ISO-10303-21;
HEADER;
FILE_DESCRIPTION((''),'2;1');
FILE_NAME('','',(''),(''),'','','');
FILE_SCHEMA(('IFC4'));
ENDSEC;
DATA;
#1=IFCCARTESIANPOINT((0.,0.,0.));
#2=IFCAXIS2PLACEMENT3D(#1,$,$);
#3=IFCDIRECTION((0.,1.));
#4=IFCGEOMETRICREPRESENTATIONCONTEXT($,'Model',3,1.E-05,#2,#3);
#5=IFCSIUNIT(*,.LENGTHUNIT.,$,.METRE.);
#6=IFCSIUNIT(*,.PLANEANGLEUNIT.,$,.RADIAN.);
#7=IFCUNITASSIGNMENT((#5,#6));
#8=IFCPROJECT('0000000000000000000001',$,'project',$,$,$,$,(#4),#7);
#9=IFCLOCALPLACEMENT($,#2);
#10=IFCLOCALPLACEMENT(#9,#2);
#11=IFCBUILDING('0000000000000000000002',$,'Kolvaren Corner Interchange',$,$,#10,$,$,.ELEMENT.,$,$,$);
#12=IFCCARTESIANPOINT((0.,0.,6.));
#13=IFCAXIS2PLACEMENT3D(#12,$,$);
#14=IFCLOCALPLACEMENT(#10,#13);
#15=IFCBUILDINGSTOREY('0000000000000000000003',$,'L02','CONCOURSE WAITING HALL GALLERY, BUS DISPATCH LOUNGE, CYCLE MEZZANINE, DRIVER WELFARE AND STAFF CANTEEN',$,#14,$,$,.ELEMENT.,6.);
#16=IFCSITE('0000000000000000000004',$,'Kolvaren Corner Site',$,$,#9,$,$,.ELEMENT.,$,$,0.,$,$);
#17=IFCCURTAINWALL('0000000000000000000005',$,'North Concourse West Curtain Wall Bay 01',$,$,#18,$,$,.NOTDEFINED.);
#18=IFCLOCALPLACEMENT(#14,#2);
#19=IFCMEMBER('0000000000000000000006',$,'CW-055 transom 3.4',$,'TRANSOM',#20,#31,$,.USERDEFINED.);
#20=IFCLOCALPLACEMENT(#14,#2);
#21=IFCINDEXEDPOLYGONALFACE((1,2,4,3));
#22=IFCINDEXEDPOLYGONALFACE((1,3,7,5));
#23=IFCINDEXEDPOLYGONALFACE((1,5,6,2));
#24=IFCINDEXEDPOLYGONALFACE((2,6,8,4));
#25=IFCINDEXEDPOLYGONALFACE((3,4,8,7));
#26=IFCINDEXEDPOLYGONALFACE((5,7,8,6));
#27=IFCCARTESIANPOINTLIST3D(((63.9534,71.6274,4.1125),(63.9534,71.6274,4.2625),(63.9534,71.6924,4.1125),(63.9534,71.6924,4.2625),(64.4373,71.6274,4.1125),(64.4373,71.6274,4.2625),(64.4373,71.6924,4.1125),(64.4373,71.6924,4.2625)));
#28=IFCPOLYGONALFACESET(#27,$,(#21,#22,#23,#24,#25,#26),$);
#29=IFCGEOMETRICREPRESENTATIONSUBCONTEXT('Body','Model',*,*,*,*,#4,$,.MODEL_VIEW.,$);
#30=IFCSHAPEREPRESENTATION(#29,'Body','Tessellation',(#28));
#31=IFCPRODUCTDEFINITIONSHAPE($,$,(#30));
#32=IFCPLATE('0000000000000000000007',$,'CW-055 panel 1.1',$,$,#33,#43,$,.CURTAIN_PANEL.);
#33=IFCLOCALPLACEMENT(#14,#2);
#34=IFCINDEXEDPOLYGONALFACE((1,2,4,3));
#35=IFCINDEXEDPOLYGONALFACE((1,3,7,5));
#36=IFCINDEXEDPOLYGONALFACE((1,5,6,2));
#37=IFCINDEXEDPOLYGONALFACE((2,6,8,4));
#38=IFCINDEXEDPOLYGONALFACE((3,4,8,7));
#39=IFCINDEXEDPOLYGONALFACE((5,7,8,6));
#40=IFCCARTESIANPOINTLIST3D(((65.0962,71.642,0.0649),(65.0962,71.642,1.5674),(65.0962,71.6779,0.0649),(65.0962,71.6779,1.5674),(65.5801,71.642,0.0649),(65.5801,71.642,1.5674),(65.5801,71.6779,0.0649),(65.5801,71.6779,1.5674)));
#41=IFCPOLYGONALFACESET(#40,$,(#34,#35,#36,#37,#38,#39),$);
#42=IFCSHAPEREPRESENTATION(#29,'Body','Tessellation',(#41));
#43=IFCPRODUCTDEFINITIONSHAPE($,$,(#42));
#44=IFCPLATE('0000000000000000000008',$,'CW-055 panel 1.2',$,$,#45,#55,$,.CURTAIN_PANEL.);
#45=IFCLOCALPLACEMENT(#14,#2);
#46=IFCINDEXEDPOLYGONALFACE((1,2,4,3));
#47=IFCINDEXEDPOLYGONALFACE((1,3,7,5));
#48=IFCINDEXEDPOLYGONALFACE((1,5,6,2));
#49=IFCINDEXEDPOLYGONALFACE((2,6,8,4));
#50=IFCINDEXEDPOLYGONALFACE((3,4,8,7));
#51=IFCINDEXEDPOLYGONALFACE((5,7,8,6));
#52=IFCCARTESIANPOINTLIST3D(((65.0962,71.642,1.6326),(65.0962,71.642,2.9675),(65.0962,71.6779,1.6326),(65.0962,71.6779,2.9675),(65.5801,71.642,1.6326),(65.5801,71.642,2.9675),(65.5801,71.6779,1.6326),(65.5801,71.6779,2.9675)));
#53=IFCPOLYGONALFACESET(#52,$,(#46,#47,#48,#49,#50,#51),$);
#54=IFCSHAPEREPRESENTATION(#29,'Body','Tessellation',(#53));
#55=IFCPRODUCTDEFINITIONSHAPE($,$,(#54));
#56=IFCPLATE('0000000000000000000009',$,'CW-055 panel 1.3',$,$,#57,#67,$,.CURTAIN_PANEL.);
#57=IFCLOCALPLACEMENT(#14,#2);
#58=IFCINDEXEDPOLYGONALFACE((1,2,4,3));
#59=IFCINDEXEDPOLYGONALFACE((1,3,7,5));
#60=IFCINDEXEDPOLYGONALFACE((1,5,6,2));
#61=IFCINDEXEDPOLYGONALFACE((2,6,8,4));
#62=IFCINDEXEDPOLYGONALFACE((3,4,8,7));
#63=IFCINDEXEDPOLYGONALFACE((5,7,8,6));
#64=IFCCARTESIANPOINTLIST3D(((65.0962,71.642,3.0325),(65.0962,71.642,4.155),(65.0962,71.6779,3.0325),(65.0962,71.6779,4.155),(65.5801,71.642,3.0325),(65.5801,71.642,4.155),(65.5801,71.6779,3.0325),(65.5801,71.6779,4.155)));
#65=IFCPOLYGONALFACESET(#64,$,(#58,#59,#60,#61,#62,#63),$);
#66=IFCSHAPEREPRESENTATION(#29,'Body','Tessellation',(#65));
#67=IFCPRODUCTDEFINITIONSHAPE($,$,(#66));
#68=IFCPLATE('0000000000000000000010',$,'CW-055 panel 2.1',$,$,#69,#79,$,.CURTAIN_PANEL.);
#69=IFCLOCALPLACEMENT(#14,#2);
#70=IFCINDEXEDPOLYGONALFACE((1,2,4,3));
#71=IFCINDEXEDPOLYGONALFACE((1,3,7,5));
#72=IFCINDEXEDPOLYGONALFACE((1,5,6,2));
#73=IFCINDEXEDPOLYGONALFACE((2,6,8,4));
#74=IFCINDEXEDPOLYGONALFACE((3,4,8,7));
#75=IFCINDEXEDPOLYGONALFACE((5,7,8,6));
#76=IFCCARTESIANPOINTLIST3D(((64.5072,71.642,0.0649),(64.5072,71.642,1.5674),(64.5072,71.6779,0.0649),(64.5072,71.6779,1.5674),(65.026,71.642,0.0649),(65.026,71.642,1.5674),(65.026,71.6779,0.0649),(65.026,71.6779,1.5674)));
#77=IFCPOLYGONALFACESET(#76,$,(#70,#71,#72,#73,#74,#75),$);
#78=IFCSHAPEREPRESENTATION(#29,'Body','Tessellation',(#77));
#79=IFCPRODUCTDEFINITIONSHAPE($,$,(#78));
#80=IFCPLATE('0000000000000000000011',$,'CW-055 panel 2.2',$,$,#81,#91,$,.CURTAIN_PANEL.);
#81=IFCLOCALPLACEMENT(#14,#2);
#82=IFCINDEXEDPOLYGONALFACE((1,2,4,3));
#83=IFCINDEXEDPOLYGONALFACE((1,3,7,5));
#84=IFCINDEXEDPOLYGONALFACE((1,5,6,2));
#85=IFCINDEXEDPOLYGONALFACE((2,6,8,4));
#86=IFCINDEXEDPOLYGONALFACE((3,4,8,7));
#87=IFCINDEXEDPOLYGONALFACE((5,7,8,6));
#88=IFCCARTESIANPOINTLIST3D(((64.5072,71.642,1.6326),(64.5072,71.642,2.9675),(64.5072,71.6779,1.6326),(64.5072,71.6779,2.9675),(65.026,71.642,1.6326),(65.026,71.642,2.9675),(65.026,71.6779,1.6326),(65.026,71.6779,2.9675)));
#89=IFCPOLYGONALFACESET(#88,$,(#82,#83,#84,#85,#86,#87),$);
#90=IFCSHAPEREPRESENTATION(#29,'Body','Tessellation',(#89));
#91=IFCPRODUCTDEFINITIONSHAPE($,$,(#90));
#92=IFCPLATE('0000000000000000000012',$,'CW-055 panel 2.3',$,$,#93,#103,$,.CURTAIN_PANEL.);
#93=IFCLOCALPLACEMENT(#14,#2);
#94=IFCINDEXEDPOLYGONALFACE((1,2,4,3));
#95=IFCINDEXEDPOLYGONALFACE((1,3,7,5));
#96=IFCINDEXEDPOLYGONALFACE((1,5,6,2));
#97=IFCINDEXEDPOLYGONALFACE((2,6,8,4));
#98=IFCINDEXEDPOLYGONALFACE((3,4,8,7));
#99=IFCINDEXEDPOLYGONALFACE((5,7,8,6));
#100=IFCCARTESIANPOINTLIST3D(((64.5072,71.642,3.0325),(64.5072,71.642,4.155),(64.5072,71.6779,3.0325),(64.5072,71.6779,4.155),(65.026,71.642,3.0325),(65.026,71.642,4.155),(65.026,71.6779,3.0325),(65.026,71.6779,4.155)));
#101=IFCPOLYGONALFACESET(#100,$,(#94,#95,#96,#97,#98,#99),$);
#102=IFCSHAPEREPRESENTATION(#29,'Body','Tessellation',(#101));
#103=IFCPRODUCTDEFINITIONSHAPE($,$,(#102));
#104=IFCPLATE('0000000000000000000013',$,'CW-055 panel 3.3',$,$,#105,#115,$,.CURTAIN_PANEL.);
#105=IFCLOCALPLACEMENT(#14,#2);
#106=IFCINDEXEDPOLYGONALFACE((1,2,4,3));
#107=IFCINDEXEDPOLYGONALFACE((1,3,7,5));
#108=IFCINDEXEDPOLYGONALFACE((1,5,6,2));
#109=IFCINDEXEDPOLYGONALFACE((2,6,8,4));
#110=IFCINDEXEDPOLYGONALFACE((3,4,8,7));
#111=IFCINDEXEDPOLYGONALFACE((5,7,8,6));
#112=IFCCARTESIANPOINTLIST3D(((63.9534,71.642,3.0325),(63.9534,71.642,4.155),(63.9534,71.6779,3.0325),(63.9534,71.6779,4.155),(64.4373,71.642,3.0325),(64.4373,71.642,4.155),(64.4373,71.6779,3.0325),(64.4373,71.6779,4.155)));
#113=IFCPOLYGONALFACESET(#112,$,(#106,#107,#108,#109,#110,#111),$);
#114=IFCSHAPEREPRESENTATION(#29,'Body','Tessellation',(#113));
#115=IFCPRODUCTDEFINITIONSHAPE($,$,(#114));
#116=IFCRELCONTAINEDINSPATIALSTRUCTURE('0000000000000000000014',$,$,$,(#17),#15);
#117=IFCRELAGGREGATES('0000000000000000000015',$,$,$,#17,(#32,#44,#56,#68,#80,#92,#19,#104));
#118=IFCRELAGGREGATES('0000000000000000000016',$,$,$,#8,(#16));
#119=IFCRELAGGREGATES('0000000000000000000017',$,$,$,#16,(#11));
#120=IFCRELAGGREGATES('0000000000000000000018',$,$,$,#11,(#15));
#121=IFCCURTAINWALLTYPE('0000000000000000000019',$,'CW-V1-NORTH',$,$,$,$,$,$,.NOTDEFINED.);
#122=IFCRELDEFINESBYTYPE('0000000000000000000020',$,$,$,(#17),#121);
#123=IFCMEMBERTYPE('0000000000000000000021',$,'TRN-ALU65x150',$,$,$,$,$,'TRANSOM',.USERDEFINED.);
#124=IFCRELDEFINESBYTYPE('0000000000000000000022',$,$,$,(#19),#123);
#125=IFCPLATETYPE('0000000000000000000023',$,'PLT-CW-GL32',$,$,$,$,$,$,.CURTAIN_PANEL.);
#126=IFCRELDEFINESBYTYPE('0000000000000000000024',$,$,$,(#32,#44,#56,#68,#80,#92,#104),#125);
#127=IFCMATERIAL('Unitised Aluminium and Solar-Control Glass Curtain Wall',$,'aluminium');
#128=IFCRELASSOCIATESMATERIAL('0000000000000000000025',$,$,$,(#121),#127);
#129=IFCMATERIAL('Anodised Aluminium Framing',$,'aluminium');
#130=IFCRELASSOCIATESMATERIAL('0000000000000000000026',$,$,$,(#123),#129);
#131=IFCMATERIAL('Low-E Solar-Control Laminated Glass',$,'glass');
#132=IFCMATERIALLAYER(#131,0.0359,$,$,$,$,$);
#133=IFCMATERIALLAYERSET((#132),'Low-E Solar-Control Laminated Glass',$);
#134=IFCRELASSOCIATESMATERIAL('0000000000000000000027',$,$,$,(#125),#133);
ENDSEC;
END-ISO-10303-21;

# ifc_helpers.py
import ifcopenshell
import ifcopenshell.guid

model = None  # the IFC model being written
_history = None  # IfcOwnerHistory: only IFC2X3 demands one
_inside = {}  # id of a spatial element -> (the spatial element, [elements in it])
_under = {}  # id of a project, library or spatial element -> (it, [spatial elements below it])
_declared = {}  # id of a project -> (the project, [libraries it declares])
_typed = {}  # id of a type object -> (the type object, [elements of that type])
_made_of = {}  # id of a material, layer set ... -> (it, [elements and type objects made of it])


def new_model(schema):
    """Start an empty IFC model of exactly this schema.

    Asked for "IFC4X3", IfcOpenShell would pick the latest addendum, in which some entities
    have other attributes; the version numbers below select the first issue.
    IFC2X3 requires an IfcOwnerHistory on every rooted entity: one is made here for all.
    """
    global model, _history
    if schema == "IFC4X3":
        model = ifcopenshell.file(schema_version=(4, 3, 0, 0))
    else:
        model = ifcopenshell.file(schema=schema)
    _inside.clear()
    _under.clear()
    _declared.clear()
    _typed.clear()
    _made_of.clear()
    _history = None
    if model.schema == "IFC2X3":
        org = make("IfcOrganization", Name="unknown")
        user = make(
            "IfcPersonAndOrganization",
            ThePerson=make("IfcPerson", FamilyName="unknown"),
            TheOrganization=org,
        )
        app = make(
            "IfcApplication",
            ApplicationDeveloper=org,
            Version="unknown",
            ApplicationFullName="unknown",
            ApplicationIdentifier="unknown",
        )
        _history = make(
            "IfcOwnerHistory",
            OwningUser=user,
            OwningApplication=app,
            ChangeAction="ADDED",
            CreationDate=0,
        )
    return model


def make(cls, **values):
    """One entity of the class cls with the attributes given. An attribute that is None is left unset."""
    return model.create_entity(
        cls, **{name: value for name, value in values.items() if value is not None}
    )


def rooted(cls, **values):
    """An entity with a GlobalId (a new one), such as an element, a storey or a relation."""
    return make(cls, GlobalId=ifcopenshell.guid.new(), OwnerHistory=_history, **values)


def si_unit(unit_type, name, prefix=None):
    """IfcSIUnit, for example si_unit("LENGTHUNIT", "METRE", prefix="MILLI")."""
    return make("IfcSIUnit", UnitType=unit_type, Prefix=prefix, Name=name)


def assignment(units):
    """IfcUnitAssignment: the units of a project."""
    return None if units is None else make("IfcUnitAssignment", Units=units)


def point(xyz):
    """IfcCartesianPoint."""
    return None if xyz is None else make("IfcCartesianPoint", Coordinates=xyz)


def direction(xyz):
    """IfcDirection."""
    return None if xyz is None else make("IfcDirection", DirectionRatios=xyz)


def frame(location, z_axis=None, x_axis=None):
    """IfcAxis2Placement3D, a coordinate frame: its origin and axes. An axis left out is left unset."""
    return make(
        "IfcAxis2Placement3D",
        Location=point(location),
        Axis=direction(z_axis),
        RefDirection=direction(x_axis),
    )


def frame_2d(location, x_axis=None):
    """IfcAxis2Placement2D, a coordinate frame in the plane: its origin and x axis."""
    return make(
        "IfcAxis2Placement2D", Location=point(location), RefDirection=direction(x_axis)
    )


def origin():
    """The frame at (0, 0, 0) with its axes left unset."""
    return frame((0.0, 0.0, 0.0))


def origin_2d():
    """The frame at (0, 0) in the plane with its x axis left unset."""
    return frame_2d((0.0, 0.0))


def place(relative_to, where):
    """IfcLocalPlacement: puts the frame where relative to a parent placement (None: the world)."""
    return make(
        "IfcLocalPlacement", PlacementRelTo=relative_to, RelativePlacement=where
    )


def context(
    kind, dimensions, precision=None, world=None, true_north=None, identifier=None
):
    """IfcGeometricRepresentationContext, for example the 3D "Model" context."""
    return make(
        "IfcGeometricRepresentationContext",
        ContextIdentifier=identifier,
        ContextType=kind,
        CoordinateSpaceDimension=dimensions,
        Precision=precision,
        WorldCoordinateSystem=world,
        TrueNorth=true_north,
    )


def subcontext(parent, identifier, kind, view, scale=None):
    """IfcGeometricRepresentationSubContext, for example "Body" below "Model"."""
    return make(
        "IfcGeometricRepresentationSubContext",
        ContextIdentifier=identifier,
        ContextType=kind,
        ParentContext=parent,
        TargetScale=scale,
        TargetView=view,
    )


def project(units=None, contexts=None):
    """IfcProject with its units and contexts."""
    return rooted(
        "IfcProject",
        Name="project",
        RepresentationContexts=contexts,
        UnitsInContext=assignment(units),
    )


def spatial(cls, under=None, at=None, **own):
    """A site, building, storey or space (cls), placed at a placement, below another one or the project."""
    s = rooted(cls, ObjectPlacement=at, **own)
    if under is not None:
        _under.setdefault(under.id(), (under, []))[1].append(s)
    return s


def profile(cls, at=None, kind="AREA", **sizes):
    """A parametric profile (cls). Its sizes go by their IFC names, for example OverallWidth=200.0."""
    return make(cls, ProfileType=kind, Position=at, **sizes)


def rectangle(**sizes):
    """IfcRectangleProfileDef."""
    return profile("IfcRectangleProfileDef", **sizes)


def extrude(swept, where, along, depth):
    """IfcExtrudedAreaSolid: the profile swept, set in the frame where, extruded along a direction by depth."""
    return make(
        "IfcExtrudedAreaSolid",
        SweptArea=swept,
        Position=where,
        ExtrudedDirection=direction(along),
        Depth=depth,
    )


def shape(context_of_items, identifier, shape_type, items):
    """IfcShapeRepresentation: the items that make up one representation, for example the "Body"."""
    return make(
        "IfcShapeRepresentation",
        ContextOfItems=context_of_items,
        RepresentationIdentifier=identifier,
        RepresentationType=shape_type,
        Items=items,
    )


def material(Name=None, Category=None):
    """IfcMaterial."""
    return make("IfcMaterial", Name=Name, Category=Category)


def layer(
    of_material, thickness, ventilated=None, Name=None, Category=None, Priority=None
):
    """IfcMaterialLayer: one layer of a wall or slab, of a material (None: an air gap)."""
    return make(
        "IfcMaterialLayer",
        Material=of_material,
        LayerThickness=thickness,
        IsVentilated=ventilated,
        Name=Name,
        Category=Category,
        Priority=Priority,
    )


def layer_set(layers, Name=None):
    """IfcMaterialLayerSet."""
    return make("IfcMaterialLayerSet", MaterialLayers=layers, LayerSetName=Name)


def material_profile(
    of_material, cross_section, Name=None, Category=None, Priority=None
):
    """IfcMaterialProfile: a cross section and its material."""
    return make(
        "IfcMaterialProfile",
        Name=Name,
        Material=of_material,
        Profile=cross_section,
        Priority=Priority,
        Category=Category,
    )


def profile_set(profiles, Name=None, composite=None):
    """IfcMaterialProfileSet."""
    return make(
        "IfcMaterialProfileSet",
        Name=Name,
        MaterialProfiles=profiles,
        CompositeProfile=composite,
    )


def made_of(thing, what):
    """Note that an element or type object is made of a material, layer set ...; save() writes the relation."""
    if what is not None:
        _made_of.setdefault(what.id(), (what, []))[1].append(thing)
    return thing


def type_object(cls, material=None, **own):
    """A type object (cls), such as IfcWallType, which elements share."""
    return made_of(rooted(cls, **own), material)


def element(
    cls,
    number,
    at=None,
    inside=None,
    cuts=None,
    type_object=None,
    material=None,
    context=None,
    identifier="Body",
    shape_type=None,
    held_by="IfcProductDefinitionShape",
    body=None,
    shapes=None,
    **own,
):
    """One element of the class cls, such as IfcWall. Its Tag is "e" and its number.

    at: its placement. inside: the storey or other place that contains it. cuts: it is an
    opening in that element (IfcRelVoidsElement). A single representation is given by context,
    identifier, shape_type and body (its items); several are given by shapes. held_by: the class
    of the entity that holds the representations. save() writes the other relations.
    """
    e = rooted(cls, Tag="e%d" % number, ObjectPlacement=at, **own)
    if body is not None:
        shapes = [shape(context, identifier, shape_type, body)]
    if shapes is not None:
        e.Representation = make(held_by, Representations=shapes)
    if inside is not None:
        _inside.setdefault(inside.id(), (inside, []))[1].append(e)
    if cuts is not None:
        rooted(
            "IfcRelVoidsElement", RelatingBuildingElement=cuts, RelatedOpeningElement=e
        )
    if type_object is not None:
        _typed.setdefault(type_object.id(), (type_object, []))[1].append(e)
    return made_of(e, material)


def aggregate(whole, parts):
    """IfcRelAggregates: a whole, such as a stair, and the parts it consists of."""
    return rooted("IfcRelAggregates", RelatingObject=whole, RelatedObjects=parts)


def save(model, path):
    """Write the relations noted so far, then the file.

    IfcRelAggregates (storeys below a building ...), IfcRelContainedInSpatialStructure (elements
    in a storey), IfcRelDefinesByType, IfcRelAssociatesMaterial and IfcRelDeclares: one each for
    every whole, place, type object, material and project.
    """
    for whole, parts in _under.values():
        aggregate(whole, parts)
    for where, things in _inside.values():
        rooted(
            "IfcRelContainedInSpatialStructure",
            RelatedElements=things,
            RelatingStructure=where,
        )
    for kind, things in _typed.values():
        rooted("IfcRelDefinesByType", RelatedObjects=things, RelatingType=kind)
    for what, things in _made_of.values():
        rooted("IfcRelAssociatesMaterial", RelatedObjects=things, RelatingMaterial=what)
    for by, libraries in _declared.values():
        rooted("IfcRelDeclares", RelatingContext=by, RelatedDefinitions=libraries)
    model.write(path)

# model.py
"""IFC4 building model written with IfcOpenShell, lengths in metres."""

from ifc_helpers import new_model, si_unit, direction, frame, origin, origin_2d, place, context, subcontext, project, spatial, rectangle, extrude, material, layer, layer_set, material_profile, profile_set, type_object, element, aggregate, save


model = new_model("IFC4")

# Units and contexts
model_context = context("Model", 3, precision=1e-05, world=origin(), true_north=direction((0.0, 1.0)))
body_context = subcontext(model_context, "Body", "Model", "MODEL_VIEW")
ifc_project = project(units=[si_unit("LENGTHUNIT", "METRE"), si_unit("PLANEANGLEUNIT", "RADIAN")], contexts=[model_context])

# Site, building, storey
site_placement = place(None, origin())
site = spatial("IfcSite", under=ifc_project, at=site_placement, Name="Kolvaren Corner Site", CompositionType="ELEMENT", RefElevation=0.0)
building_placement = place(site_placement, origin())
building = spatial("IfcBuilding", under=site, at=building_placement, Name="Kolvaren Corner Interchange", CompositionType="ELEMENT")
storey_placement = place(building_placement, frame((0.0, 0.0, 6.0)))
storey = spatial("IfcBuildingStorey", under=building, at=storey_placement, Name="L02", Description="CONCOURSE WAITING HALL GALLERY, BUS DISPATCH LOUNGE, CYCLE MEZZANINE, DRIVER WELFARE AND STAFF CANTEEN", CompositionType="ELEMENT", Elevation=6.0)

# Curtain wall
ifc_material_1 = material(Name="Unitised Aluminium and Solar-Control Glass Curtain Wall", Category="aluminium")
curtain_wall_type = type_object("IfcCurtainWallType", Name="CW-V1-NORTH", PredefinedType="NOTDEFINED", material=ifc_material_1)
curtain_wall_1_placement = place(storey_placement, origin())
curtain_wall_1 = element("IfcCurtainWall", 1, at=curtain_wall_1_placement, inside=storey, type_object=curtain_wall_type, Name="North Concourse West Curtain Wall Bay 01", PredefinedType="NOTDEFINED")

# Member
ifc_material_2 = material(Name="Anodised Aluminium Framing", Category="aluminium")
ifc_material_profile_1 = material_profile(ifc_material_2, rectangle(XDim=0.0649, YDim=0.1499, at=origin_2d()), Name="ALU 65x150")
ifc_profile_set_1 = profile_set([ifc_material_profile_1], Name="Anodised Aluminium Framing")
member_type_1 = type_object("IfcMemberType", Name="TRN-ALU65x150", ElementType="TRANSOM", PredefinedType="USERDEFINED", material=ifc_profile_set_1)
member_1_placement = place(storey_placement, frame((64.4373, 71.6599, 4.1875), z_axis=(-1.0, 0.0, 0.0), x_axis=(0.0, -1.0, 0.0)))
member_1 = element("IfcMember", 2, at=member_1_placement, type_object=member_type_1, Name="CW-055 transom 3.4", ObjectType="TRANSOM", PredefinedType="USERDEFINED", context=body_context, shape_type="SweptSolid", body=[
    extrude(rectangle(XDim=0.0649, YDim=0.1499, at=origin_2d()), origin(), (0.0, 0.0, 1.0), 0.4839),
])

# Plates
ifc_material_3 = material(Name="Low-E Solar-Control Laminated Glass", Category="glass")
ifc_layer = layer(ifc_material_3, 0.0359)
ifc_layer_set = layer_set([ifc_layer], Name="Low-E Solar-Control Laminated Glass")
plate_type = type_object("IfcPlateType", Name="PLT-CW-GL32", PredefinedType="CURTAIN_PANEL", material=ifc_layer_set)
plate_1_placement = place(storey_placement, frame((65.3381, 71.6599, 0.0649), z_axis=(0.0, 0.0, 1.0), x_axis=(-1.0, 0.0, 0.0)))
plate_1 = element("IfcPlate", 3, at=plate_1_placement, type_object=plate_type, Name="CW-055 panel 1.1", PredefinedType="CURTAIN_PANEL", context=body_context, shape_type="SweptSolid", body=[
    extrude(rectangle(XDim=0.4839, YDim=0.0359, at=origin_2d()), origin(), (0.0, 0.0, 1.0), 1.5024),
])
plate_2_placement = place(storey_placement, frame((65.3381, 71.6599, 1.6326), z_axis=(0.0, 0.0, 1.0), x_axis=(-1.0, 0.0, 0.0)))
plate_2 = element("IfcPlate", 4, at=plate_2_placement, type_object=plate_type, Name="CW-055 panel 1.2", PredefinedType="CURTAIN_PANEL", context=body_context, shape_type="SweptSolid", body=[
    extrude(rectangle(XDim=0.4839, YDim=0.0359, at=origin_2d()), origin(), (0.0, 0.0, 1.0), 1.335),
])
plate_3_placement = place(storey_placement, frame((65.3381, 71.6599, 3.0325), z_axis=(0.0, 0.0, 1.0), x_axis=(-1.0, 0.0, 0.0)))
plate_3 = element("IfcPlate", 5, at=plate_3_placement, type_object=plate_type, Name="CW-055 panel 1.3", PredefinedType="CURTAIN_PANEL", context=body_context, shape_type="SweptSolid", body=[
    extrude(rectangle(XDim=0.4839, YDim=0.0359, at=origin_2d()), origin(), (0.0, 0.0, 1.0), 1.1226),
])
plate_4_placement = place(storey_placement, frame((64.7666, 71.6599, 0.0649), z_axis=(0.0, 0.0, 1.0), x_axis=(-1.0, 0.0, 0.0)))
plate_4 = element("IfcPlate", 6, at=plate_4_placement, type_object=plate_type, Name="CW-055 panel 2.1", PredefinedType="CURTAIN_PANEL", context=body_context, shape_type="SweptSolid", body=[
    extrude(rectangle(XDim=0.5188, YDim=0.0359, at=origin_2d()), origin(), (0.0, 0.0, 1.0), 1.5024),
])
plate_5_placement = place(storey_placement, frame((64.7666, 71.6599, 1.6326), z_axis=(0.0, 0.0, 1.0), x_axis=(-1.0, 0.0, 0.0)))
plate_5 = element("IfcPlate", 7, at=plate_5_placement, type_object=plate_type, Name="CW-055 panel 2.2", PredefinedType="CURTAIN_PANEL", context=body_context, shape_type="SweptSolid", body=[
    extrude(rectangle(XDim=0.5188, YDim=0.0359, at=origin_2d()), origin(), (0.0, 0.0, 1.0), 1.335),
])
plate_6_placement = place(storey_placement, frame((64.7666, 71.6599, 3.0325), z_axis=(0.0, 0.0, 1.0), x_axis=(-1.0, 0.0, 0.0)))
plate_6 = element("IfcPlate", 8, at=plate_6_placement, type_object=plate_type, Name="CW-055 panel 2.3", PredefinedType="CURTAIN_PANEL", context=body_context, shape_type="SweptSolid", body=[
    extrude(rectangle(XDim=0.5188, YDim=0.0359, at=origin_2d()), origin(), (0.0, 0.0, 1.0), 1.1226),
])
plate_7_placement = place(storey_placement, frame((64.1953, 71.6599, 3.0325), z_axis=(0.0, 0.0, 1.0), x_axis=(-1.0, 0.0, 0.0)))
plate_7 = element("IfcPlate", 9, at=plate_7_placement, type_object=plate_type, Name="CW-055 panel 3.3", PredefinedType="CURTAIN_PANEL", context=body_context, shape_type="SweptSolid", body=[
    extrude(rectangle(XDim=0.4839, YDim=0.0359, at=origin_2d()), origin(), (0.0, 0.0, 1.0), 1.1226),
])
aggregate(curtain_wall_1, [plate_1, plate_2, plate_3, plate_4, plate_5, plate_6, member_1, plate_7])

save(model, "model.ifc")
